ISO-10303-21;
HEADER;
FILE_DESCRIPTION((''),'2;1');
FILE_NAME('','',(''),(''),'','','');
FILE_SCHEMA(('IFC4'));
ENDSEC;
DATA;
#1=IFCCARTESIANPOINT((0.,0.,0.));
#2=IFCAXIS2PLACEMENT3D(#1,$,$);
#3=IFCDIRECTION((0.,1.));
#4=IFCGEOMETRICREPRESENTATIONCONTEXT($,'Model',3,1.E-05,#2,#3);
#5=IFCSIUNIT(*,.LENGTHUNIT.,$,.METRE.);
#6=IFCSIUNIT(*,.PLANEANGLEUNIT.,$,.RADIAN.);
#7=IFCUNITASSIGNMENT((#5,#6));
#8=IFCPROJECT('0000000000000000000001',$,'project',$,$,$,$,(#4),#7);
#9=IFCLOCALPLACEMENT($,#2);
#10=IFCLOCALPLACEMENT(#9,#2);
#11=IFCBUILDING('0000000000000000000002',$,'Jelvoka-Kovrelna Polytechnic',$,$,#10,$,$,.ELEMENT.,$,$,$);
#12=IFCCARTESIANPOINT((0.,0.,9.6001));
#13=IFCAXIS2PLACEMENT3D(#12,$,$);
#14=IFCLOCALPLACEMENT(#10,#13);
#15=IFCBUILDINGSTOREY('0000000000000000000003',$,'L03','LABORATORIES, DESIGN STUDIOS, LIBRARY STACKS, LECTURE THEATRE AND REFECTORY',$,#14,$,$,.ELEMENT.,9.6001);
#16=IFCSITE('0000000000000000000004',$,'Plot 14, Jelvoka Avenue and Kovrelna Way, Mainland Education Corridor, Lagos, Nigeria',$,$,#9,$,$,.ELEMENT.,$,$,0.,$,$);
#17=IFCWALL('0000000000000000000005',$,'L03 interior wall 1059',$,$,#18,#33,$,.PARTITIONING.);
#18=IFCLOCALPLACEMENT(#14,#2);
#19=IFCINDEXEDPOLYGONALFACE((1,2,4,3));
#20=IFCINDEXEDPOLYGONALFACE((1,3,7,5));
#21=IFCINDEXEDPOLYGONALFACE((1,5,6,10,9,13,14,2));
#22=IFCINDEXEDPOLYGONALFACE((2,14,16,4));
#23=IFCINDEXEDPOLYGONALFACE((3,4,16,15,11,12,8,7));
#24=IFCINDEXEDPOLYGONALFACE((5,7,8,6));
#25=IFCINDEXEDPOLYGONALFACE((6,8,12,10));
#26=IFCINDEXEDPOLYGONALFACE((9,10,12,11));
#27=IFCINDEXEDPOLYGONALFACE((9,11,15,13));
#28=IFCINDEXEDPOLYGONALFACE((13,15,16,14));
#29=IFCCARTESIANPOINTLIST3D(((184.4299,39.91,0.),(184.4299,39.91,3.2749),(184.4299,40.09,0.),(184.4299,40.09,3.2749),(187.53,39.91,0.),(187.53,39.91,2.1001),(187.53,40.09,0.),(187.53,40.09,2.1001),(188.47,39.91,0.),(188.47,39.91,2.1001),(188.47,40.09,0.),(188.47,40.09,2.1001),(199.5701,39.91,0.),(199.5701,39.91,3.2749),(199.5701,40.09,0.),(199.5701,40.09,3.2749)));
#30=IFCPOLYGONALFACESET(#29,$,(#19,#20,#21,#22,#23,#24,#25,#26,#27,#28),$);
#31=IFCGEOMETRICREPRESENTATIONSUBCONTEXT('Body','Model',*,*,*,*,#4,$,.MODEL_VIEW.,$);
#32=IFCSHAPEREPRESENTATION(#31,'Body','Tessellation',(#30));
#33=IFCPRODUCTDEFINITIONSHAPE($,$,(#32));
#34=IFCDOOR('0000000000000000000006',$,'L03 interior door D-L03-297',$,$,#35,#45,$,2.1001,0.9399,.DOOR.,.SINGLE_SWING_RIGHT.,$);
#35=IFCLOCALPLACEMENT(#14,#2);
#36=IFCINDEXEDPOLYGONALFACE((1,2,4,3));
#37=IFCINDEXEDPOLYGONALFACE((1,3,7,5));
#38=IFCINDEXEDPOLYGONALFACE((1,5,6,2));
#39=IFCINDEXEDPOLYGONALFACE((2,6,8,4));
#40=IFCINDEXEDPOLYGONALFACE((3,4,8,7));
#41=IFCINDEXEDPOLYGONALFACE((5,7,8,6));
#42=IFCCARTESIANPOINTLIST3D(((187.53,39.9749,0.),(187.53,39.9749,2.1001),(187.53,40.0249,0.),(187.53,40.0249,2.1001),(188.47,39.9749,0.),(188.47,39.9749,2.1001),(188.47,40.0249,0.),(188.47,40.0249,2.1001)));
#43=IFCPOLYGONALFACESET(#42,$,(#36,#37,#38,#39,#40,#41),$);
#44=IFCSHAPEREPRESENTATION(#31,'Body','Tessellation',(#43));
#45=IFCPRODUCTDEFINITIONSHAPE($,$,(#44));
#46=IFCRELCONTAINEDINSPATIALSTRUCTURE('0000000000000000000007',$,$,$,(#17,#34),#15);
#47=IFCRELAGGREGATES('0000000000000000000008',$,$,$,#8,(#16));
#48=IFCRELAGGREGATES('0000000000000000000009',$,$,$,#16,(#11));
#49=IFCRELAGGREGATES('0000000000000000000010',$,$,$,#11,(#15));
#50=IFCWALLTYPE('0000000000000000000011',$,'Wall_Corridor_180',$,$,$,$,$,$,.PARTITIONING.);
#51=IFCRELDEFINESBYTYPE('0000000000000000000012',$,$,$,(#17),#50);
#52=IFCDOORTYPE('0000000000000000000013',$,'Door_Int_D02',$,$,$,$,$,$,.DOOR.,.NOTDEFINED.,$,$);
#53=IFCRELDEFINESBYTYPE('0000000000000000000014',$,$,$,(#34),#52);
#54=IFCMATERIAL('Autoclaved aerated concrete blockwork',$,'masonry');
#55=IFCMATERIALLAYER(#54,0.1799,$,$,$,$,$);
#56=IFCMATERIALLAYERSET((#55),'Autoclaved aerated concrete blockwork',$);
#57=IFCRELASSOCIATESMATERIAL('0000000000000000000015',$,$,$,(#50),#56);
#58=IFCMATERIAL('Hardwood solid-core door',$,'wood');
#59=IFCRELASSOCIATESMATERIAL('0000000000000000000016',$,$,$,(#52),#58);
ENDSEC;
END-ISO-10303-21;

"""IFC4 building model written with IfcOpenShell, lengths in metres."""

from ifc_helpers import new_model, si_unit, direction, frame, frame_2d, origin, place, context, subcontext, project, spatial, rectangle, extrude, material, layer, layer_set, type_object, element, fill, save


model = new_model("IFC4")

# Units and contexts
model_context = context("Model", 3, precision=1e-05, world=origin(), true_north=direction((0.0, 1.0)))
body_context = subcontext(model_context, "Body", "Model", "MODEL_VIEW")
ifc_project = project(units=[si_unit("LENGTHUNIT", "METRE"), si_unit("PLANEANGLEUNIT", "RADIAN")], contexts=[model_context])

# Site, building, storey
site_placement = place(None, origin())
site = spatial("IfcSite", under=ifc_project, at=site_placement, Name="Plot 14, Jelvoka Avenue and Kovrelna Way, Mainland Education Corridor, Lagos, Nigeria", CompositionType="ELEMENT", RefElevation=0.0)
building_placement = place(site_placement, origin())
building = spatial("IfcBuilding", under=site, at=building_placement, Name="Jelvoka-Kovrelna Polytechnic", CompositionType="ELEMENT")
storey_placement = place(building_placement, frame((0.0, 0.0, 9.6001)))
storey = spatial("IfcBuildingStorey", under=building, at=storey_placement, Name="L03", Description="LABORATORIES, DESIGN STUDIOS, LIBRARY STACKS, LECTURE THEATRE AND REFECTORY", CompositionType="ELEMENT", Elevation=9.6001)

# Wall, opening, door
ifc_material_1 = material(Name="Autoclaved aerated concrete blockwork", Category="masonry")
ifc_layer_1 = layer(ifc_material_1, 0.1799)
ifc_layer_set_1 = layer_set([ifc_layer_1], Name="Autoclaved aerated concrete blockwork")
wall_type = type_object("IfcWallType", Name="Wall_Corridor_180", PredefinedType="PARTITIONING", material=ifc_layer_set_1)
wall_placement = place(storey_placement, frame((184.4299, 40.0, 0.0), z_axis=(0.0, 0.0, 1.0), x_axis=(1.0, 0.0, 0.0)))
wall = element("IfcWall", 1, at=wall_placement, inside=storey, type_object=wall_type, Name="L03 interior wall 1059", PredefinedType="PARTITIONING", context=body_context, shape_type="SweptSolid", body=[
    extrude(rectangle(XDim=15.1401, YDim=0.1799, at=frame_2d((7.5701, 0.0))), origin(), (0.0, 0.0, 1.0), 3.2749),
])
opening_placement = place(wall_placement, frame((3.1001, 0.0, 0.0)))
opening = element("IfcOpeningElement", 2, at=opening_placement, cuts=wall, PredefinedType="OPENING", context=body_context, shape_type="SweptSolid", body=[
    extrude(rectangle(XDim=0.9399, YDim=2.1001, at=frame_2d((0.47, 1.05))), frame((0.0, 0.0999, 0.0), z_axis=(0.0, -1.0, 0.0), x_axis=(1.0, 0.0, 0.0)), (0.0, 0.0, 1.0), 0.2),
])
ifc_material_2 = material(Name="Hardwood solid-core door", Category="wood")
door_type = type_object("IfcDoorType", Name="Door_Int_D02", OperationType="NOTDEFINED", PredefinedType="DOOR", material=ifc_material_2)
door_placement = place(opening_placement, origin())
door = element("IfcDoor", 3, at=door_placement, inside=storey, type_object=door_type, Name="L03 interior door D-L03-297", OperationType="SINGLE_SWING_RIGHT", OverallHeight=2.1001, OverallWidth=0.9399, PredefinedType="DOOR", context=body_context, shape_type="SweptSolid", body=[
    extrude(rectangle(XDim=0.9399, YDim=2.1001, at=frame_2d((0.47, 1.05))), frame((0.0, 0.0249, 0.0), z_axis=(0.0, -1.0, 0.0), x_axis=(1.0, 0.0, 0.0)), (0.0, 0.0, 1.0), 0.05),
])
fill(opening, door)

save(model, "model.ifc")
